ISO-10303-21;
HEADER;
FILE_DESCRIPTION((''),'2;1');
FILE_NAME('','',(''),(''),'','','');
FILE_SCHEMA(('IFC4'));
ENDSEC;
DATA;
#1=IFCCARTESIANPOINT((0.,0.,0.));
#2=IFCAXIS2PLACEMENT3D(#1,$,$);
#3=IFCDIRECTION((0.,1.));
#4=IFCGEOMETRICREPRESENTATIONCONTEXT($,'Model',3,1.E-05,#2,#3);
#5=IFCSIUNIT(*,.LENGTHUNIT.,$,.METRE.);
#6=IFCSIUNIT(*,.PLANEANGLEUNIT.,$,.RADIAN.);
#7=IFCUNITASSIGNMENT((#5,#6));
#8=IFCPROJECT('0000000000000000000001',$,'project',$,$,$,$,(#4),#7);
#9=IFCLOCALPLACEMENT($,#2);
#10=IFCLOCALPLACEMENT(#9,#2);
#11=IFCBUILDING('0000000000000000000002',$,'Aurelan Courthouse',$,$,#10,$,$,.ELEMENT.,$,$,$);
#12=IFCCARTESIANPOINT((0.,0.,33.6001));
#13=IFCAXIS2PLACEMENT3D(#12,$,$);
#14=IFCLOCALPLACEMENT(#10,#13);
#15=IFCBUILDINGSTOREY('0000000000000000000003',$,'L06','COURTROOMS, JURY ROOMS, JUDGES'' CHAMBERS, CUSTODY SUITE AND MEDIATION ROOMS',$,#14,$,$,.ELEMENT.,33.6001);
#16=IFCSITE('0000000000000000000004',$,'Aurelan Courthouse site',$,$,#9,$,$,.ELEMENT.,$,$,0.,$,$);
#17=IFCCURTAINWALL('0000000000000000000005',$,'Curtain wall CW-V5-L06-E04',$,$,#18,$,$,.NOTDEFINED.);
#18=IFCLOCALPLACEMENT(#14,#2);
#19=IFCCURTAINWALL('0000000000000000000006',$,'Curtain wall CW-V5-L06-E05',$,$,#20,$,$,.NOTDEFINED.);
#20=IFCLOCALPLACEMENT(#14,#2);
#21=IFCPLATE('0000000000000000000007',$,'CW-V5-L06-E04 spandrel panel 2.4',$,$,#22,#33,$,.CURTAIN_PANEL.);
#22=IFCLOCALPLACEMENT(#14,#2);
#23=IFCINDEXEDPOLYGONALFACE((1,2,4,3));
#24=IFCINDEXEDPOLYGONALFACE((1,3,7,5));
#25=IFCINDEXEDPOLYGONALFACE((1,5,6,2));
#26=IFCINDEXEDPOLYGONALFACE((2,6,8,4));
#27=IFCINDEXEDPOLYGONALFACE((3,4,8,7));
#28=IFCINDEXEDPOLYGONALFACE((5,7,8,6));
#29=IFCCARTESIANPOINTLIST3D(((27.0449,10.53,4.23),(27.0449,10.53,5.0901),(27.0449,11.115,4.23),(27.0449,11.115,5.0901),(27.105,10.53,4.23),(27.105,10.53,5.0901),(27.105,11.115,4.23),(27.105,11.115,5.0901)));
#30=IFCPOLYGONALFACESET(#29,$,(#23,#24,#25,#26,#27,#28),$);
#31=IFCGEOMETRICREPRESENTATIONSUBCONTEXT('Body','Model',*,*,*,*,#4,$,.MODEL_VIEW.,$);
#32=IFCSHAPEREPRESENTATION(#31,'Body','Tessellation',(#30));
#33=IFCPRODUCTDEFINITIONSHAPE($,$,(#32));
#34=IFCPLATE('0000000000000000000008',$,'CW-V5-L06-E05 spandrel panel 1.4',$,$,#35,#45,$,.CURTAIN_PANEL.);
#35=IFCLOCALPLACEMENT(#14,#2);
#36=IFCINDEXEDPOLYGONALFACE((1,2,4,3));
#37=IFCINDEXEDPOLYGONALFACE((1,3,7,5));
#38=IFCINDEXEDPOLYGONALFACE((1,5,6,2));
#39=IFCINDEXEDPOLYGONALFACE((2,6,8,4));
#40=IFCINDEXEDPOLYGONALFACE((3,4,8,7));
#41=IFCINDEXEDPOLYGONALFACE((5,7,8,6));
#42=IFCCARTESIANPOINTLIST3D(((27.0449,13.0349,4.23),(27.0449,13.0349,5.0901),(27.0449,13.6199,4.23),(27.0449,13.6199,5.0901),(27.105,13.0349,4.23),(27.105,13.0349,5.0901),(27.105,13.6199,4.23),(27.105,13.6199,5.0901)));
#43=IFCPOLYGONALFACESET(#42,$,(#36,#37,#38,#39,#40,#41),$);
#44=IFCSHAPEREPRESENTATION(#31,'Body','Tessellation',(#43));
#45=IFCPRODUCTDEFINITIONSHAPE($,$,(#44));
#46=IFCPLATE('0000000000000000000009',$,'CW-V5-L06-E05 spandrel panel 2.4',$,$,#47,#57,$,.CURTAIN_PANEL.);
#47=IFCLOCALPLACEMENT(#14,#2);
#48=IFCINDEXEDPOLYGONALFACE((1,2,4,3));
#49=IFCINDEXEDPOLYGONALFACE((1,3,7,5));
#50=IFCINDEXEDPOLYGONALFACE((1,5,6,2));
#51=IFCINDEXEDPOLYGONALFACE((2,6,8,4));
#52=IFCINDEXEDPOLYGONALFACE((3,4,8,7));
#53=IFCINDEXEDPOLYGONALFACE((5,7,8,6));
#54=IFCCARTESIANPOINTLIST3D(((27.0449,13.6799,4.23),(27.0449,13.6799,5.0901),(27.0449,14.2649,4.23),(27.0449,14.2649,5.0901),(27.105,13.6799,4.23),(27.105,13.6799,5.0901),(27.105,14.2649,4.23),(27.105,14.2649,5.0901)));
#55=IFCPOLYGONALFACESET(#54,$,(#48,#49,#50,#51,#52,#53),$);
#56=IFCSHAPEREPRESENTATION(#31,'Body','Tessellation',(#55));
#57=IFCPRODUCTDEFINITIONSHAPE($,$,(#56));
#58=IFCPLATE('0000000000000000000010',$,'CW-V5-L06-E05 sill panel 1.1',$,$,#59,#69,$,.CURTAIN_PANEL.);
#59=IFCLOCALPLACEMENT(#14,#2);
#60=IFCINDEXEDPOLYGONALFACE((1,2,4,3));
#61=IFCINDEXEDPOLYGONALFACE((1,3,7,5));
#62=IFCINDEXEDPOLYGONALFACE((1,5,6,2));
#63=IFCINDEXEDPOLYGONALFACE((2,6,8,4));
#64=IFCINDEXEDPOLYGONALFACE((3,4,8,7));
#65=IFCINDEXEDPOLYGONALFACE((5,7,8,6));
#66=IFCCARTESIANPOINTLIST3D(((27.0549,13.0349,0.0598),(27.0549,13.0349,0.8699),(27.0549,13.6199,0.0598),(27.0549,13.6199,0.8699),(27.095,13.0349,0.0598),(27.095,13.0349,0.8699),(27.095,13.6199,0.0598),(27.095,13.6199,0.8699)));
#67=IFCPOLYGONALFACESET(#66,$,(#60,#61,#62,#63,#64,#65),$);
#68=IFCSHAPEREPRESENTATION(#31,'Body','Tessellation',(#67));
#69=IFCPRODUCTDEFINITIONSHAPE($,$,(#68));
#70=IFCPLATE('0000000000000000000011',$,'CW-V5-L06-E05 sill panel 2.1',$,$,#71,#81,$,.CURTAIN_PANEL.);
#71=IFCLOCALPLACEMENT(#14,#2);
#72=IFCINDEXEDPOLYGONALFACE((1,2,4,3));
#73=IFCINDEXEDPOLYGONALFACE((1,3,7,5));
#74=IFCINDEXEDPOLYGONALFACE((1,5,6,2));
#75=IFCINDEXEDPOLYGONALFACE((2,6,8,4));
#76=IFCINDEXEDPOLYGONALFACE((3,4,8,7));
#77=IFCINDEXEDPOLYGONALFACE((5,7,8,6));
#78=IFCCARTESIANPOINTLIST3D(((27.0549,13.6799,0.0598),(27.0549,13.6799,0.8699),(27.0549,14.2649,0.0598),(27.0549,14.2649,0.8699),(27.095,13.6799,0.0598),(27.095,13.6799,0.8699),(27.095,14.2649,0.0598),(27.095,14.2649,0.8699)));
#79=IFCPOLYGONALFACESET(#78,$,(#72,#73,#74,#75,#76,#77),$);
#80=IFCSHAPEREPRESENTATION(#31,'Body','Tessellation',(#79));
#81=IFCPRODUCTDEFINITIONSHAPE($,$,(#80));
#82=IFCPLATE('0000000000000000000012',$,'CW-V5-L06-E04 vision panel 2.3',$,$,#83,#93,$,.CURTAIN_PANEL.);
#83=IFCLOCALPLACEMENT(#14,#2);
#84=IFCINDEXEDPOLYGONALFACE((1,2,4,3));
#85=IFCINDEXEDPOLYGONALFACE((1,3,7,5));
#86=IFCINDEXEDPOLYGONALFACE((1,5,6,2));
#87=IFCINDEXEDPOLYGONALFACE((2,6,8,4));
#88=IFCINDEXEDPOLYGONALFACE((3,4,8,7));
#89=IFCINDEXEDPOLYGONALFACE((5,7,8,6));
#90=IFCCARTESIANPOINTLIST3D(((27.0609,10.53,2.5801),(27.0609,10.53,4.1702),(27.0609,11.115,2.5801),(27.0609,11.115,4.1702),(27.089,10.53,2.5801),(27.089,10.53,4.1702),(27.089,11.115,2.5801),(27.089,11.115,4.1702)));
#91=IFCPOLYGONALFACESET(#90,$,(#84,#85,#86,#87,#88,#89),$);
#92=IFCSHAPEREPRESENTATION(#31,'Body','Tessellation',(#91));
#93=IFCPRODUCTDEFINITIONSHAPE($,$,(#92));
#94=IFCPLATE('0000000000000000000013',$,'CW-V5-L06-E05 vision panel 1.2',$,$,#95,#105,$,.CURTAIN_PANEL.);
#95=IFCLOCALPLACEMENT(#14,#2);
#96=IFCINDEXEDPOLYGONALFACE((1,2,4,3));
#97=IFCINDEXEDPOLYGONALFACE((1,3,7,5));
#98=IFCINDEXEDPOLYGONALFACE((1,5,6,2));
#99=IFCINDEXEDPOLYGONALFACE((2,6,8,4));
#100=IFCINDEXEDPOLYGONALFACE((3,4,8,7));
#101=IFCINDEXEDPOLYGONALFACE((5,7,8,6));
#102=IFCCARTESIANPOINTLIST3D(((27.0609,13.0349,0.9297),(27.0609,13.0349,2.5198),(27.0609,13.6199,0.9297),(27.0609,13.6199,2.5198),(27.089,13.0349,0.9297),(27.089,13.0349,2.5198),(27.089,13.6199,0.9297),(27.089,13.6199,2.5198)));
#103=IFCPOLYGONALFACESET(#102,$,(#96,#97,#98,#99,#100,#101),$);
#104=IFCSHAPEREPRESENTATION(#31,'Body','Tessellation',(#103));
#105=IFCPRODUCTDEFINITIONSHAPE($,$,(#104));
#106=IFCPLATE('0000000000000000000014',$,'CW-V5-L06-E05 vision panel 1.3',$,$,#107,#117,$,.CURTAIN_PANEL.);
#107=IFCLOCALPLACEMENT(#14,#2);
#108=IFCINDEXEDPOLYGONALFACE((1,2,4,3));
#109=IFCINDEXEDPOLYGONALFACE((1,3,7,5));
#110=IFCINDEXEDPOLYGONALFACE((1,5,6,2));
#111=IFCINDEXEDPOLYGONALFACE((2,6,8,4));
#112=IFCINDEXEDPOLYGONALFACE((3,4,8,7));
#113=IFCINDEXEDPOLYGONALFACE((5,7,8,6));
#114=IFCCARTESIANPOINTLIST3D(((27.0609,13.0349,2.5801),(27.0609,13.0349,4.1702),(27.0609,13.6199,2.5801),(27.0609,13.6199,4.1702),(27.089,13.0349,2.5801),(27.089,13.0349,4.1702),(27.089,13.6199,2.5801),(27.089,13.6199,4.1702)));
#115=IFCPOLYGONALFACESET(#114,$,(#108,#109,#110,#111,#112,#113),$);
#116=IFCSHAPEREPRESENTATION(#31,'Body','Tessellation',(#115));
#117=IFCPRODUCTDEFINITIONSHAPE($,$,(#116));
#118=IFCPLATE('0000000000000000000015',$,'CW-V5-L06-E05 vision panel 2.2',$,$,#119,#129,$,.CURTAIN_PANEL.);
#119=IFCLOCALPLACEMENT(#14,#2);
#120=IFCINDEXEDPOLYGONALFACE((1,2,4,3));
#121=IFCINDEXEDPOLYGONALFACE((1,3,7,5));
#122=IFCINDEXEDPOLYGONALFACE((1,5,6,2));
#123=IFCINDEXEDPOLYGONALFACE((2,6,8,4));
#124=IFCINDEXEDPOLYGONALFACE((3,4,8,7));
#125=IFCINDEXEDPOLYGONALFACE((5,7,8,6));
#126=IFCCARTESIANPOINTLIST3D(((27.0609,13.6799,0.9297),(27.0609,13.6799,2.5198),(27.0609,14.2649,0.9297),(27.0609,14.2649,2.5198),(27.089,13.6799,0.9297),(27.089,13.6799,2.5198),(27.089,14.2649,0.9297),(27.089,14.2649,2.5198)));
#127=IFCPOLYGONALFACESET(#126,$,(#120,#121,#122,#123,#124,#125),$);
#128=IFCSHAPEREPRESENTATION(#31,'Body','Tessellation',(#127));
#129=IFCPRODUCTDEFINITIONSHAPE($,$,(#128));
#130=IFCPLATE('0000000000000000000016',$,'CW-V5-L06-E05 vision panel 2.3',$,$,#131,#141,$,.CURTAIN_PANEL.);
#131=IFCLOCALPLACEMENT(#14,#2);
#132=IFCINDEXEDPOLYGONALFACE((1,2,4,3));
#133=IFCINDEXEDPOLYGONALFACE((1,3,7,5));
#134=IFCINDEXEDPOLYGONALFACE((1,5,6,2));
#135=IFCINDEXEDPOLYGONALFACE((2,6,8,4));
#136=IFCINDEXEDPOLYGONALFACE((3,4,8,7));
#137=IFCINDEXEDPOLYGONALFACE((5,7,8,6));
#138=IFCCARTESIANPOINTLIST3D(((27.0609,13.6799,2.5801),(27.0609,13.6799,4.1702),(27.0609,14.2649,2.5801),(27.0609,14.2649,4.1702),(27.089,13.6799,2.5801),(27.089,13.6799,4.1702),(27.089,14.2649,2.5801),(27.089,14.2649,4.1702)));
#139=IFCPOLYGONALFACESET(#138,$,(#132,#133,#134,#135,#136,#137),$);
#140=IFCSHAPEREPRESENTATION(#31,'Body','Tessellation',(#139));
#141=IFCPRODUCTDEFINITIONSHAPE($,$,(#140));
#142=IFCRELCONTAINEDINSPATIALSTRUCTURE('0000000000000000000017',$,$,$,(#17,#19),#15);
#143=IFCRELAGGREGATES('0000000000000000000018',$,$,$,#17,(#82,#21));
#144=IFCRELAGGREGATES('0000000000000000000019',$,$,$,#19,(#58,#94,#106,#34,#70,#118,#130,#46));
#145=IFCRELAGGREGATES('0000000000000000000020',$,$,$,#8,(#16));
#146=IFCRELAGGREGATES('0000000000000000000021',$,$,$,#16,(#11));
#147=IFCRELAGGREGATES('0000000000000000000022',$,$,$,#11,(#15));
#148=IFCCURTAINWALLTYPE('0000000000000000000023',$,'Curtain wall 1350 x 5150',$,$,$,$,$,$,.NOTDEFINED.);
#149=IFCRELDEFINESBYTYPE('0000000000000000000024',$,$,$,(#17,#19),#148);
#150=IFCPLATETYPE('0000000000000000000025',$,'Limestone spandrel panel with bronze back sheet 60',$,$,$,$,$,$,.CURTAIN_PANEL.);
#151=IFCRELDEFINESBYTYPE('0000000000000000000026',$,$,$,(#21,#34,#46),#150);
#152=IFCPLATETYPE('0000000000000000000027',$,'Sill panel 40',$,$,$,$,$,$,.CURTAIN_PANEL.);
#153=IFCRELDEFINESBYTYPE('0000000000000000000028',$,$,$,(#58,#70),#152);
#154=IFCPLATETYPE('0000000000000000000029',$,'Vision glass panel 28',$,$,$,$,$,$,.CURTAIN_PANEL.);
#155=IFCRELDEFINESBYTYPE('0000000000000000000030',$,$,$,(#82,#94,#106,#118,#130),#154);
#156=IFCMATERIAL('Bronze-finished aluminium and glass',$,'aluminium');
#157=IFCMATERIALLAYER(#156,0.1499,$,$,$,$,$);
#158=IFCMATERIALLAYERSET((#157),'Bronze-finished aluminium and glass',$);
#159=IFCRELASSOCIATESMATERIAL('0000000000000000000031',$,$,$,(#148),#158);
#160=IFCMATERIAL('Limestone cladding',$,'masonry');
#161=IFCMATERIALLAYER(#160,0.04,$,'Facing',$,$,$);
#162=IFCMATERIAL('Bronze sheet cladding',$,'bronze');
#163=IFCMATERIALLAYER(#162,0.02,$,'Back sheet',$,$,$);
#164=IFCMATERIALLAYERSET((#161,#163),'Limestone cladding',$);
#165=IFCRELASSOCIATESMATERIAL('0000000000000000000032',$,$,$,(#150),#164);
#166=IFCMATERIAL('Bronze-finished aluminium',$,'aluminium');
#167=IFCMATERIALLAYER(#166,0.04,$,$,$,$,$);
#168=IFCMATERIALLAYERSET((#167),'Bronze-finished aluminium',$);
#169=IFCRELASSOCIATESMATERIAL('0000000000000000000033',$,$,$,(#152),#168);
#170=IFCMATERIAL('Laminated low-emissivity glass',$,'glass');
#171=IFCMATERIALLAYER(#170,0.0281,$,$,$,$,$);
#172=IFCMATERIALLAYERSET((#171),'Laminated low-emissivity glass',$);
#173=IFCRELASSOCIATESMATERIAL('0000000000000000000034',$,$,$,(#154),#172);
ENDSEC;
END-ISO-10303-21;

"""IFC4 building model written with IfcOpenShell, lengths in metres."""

from ifc_helpers import new_model, si_unit, direction, frame, origin, origin_2d, place, context, subcontext, project, spatial, rectangle, extrude, material, layer, layer_set, type_object, element, aggregate, save


model = new_model("IFC4")

# Units and contexts
model_context = context("Model", 3, precision=1e-05, world=origin(), true_north=direction((0.0, 1.0)))
body_context = subcontext(model_context, "Body", "Model", "MODEL_VIEW")
ifc_project = project(units=[si_unit("LENGTHUNIT", "METRE"), si_unit("PLANEANGLEUNIT", "RADIAN")], contexts=[model_context])

# Site, building, storey
site_placement = place(None, origin())
site = spatial("IfcSite", under=ifc_project, at=site_placement, Name="Aurelan Courthouse site", CompositionType="ELEMENT", RefElevation=0.0)
building_placement = place(site_placement, origin())
building = spatial("IfcBuilding", under=site, at=building_placement, Name="Aurelan Courthouse", CompositionType="ELEMENT")
storey_placement = place(building_placement, frame((0.0, 0.0, 33.6001)))
storey = spatial("IfcBuildingStorey", under=building, at=storey_placement, Name="L06", Description="COURTROOMS, JURY ROOMS, JUDGES' CHAMBERS, CUSTODY SUITE AND MEDIATION ROOMS", CompositionType="ELEMENT", Elevation=33.6001)

# Curtain wall
ifc_material_1 = material(Name="Bronze-finished aluminium and glass", Category="aluminium")
ifc_layer_1 = layer(ifc_material_1, 0.1499)
ifc_layer_set_1 = layer_set([ifc_layer_1], Name="Bronze-finished aluminium and glass")
curtain_wall_type = type_object("IfcCurtainWallType", Name="Curtain wall 1350 x 5150", PredefinedType="NOTDEFINED", material=ifc_layer_set_1)
curtain_wall_1_placement = place(storey_placement, origin())
curtain_wall_1 = element("IfcCurtainWall", 1, at=curtain_wall_1_placement, inside=storey, type_object=curtain_wall_type, Name="Curtain wall CW-V5-L06-E04", PredefinedType="NOTDEFINED")
ifc_material_2 = material(Name="Bronze-finished aluminium", Category="aluminium")

# Curtain wall
curtain_wall_2_placement = place(storey_placement, origin())
curtain_wall_2 = element("IfcCurtainWall", 2, at=curtain_wall_2_placement, inside=storey, type_object=curtain_wall_type, Name="Curtain wall CW-V5-L06-E05", PredefinedType="NOTDEFINED")

# Plates
ifc_material_3 = material(Name="Limestone cladding", Category="masonry")
ifc_layer_2 = layer(ifc_material_3, 0.04, Name="Facing")
ifc_material_4 = material(Name="Bronze sheet cladding", Category="bronze")
ifc_layer_3 = layer(ifc_material_4, 0.02, Name="Back sheet")
ifc_layer_set_2 = layer_set([ifc_layer_2, ifc_layer_3], Name="Limestone cladding")
plate_type_1 = type_object("IfcPlateType", Name="Limestone spandrel panel with bronze back sheet 60", PredefinedType="CURTAIN_PANEL", material=ifc_layer_set_2)
plate_1_placement = place(storey_placement, frame((27.075, 10.8225, 4.23), z_axis=(0.0, 0.0, 1.0), x_axis=(0.0, 1.0, 0.0)))
plate_1 = element("IfcPlate", 3, at=plate_1_placement, type_object=plate_type_1, Name="CW-V5-L06-E04 spandrel panel 2.4", PredefinedType="CURTAIN_PANEL", context=body_context, shape_type="SweptSolid", body=[
    extrude(rectangle(XDim=0.585, YDim=0.0601, at=origin_2d()), origin(), (0.0, 0.0, 1.0), 0.8601),
])
plate_2_placement = place(storey_placement, frame((27.075, 13.3274, 4.23), z_axis=(0.0, 0.0, 1.0), x_axis=(0.0, 1.0, 0.0)))
plate_2 = element("IfcPlate", 4, at=plate_2_placement, type_object=plate_type_1, Name="CW-V5-L06-E05 spandrel panel 1.4", PredefinedType="CURTAIN_PANEL", context=body_context, shape_type="SweptSolid", body=[
    extrude(rectangle(XDim=0.585, YDim=0.0601, at=origin_2d()), origin(), (0.0, 0.0, 1.0), 0.8601),
])
plate_3_placement = place(storey_placement, frame((27.075, 13.9724, 4.23), z_axis=(0.0, 0.0, 1.0), x_axis=(0.0, 1.0, 0.0)))
plate_3 = element("IfcPlate", 5, at=plate_3_placement, type_object=plate_type_1, Name="CW-V5-L06-E05 spandrel panel 2.4", PredefinedType="CURTAIN_PANEL", context=body_context, shape_type="SweptSolid", body=[
    extrude(rectangle(XDim=0.585, YDim=0.0601, at=origin_2d()), origin(), (0.0, 0.0, 1.0), 0.8601),
])
ifc_layer_4 = layer(ifc_material_2, 0.04)
ifc_layer_set_3 = layer_set([ifc_layer_4], Name="Bronze-finished aluminium")
plate_type_2 = type_object("IfcPlateType", Name="Sill panel 40", PredefinedType="CURTAIN_PANEL", material=ifc_layer_set_3)
plate_4_placement = place(storey_placement, frame((27.075, 13.3274, 0.0598), z_axis=(0.0, 0.0, 1.0), x_axis=(0.0, 1.0, 0.0)))
plate_4 = element("IfcPlate", 6, at=plate_4_placement, type_object=plate_type_2, Name="CW-V5-L06-E05 sill panel 1.1", PredefinedType="CURTAIN_PANEL", context=body_context, shape_type="SweptSolid", body=[
    extrude(rectangle(XDim=0.585, YDim=0.04, at=origin_2d()), origin(), (0.0, 0.0, 1.0), 0.8101),
])
plate_5_placement = place(storey_placement, frame((27.075, 13.9724, 0.0598), z_axis=(0.0, 0.0, 1.0), x_axis=(0.0, 1.0, 0.0)))
plate_5 = element("IfcPlate", 7, at=plate_5_placement, type_object=plate_type_2, Name="CW-V5-L06-E05 sill panel 2.1", PredefinedType="CURTAIN_PANEL", context=body_context, shape_type="SweptSolid", body=[
    extrude(rectangle(XDim=0.585, YDim=0.04, at=origin_2d()), origin(), (0.0, 0.0, 1.0), 0.8101),
])
ifc_material_5 = material(Name="Laminated low-emissivity glass", Category="glass")
ifc_layer_5 = layer(ifc_material_5, 0.0281)
ifc_layer_set_4 = layer_set([ifc_layer_5], Name="Laminated low-emissivity glass")
plate_type_3 = type_object("IfcPlateType", Name="Vision glass panel 28", PredefinedType="CURTAIN_PANEL", material=ifc_layer_set_4)
plate_6_placement = place(storey_placement, frame((27.075, 10.8225, 2.5801), z_axis=(0.0, 0.0, 1.0), x_axis=(0.0, 1.0, 0.0)))
plate_6 = element("IfcPlate", 8, at=plate_6_placement, type_object=plate_type_3, Name="CW-V5-L06-E04 vision panel 2.3", PredefinedType="CURTAIN_PANEL", context=body_context, shape_type="SweptSolid", body=[
    extrude(rectangle(XDim=0.585, YDim=0.0281, at=origin_2d()), origin(), (0.0, 0.0, 1.0), 1.5901),
])
aggregate(curtain_wall_1, [plate_6, plate_1])
plate_7_placement = place(storey_placement, frame((27.075, 13.3274, 0.9297), z_axis=(0.0, 0.0, 1.0), x_axis=(0.0, 1.0, 0.0)))
plate_7 = element("IfcPlate", 9, at=plate_7_placement, type_object=plate_type_3, Name="CW-V5-L06-E05 vision panel 1.2", PredefinedType="CURTAIN_PANEL", context=body_context, shape_type="SweptSolid", body=[
    extrude(rectangle(XDim=0.585, YDim=0.0281, at=origin_2d()), origin(), (0.0, 0.0, 1.0), 1.5901),
])
plate_8_placement = place(storey_placement, frame((27.075, 13.3274, 2.5801), z_axis=(0.0, 0.0, 1.0), x_axis=(0.0, 1.0, 0.0)))
plate_8 = element("IfcPlate", 10, at=plate_8_placement, type_object=plate_type_3, Name="CW-V5-L06-E05 vision panel 1.3", PredefinedType="CURTAIN_PANEL", context=body_context, shape_type="SweptSolid", body=[
    extrude(rectangle(XDim=0.585, YDim=0.0281, at=origin_2d()), origin(), (0.0, 0.0, 1.0), 1.5901),
])
plate_9_placement = place(storey_placement, frame((27.075, 13.9724, 0.9297), z_axis=(0.0, 0.0, 1.0), x_axis=(0.0, 1.0, 0.0)))
plate_9 = element("IfcPlate", 11, at=plate_9_placement, type_object=plate_type_3, Name="CW-V5-L06-E05 vision panel 2.2", PredefinedType="CURTAIN_PANEL", context=body_context, shape_type="SweptSolid", body=[
    extrude(rectangle(XDim=0.585, YDim=0.0281, at=origin_2d()), origin(), (0.0, 0.0, 1.0), 1.5901),
])
plate_10_placement = place(storey_placement, frame((27.075, 13.9724, 2.5801), z_axis=(0.0, 0.0, 1.0), x_axis=(0.0, 1.0, 0.0)))
plate_10 = element("IfcPlate", 12, at=plate_10_placement, type_object=plate_type_3, Name="CW-V5-L06-E05 vision panel 2.3", PredefinedType="CURTAIN_PANEL", context=body_context, shape_type="SweptSolid", body=[
    extrude(rectangle(XDim=0.585, YDim=0.0281, at=origin_2d()), origin(), (0.0, 0.0, 1.0), 1.5901),
])
aggregate(curtain_wall_2, [plate_4, plate_7, plate_8, plate_2, plate_5, plate_9, plate_10, plate_3])

save(model, "model.ifc")
